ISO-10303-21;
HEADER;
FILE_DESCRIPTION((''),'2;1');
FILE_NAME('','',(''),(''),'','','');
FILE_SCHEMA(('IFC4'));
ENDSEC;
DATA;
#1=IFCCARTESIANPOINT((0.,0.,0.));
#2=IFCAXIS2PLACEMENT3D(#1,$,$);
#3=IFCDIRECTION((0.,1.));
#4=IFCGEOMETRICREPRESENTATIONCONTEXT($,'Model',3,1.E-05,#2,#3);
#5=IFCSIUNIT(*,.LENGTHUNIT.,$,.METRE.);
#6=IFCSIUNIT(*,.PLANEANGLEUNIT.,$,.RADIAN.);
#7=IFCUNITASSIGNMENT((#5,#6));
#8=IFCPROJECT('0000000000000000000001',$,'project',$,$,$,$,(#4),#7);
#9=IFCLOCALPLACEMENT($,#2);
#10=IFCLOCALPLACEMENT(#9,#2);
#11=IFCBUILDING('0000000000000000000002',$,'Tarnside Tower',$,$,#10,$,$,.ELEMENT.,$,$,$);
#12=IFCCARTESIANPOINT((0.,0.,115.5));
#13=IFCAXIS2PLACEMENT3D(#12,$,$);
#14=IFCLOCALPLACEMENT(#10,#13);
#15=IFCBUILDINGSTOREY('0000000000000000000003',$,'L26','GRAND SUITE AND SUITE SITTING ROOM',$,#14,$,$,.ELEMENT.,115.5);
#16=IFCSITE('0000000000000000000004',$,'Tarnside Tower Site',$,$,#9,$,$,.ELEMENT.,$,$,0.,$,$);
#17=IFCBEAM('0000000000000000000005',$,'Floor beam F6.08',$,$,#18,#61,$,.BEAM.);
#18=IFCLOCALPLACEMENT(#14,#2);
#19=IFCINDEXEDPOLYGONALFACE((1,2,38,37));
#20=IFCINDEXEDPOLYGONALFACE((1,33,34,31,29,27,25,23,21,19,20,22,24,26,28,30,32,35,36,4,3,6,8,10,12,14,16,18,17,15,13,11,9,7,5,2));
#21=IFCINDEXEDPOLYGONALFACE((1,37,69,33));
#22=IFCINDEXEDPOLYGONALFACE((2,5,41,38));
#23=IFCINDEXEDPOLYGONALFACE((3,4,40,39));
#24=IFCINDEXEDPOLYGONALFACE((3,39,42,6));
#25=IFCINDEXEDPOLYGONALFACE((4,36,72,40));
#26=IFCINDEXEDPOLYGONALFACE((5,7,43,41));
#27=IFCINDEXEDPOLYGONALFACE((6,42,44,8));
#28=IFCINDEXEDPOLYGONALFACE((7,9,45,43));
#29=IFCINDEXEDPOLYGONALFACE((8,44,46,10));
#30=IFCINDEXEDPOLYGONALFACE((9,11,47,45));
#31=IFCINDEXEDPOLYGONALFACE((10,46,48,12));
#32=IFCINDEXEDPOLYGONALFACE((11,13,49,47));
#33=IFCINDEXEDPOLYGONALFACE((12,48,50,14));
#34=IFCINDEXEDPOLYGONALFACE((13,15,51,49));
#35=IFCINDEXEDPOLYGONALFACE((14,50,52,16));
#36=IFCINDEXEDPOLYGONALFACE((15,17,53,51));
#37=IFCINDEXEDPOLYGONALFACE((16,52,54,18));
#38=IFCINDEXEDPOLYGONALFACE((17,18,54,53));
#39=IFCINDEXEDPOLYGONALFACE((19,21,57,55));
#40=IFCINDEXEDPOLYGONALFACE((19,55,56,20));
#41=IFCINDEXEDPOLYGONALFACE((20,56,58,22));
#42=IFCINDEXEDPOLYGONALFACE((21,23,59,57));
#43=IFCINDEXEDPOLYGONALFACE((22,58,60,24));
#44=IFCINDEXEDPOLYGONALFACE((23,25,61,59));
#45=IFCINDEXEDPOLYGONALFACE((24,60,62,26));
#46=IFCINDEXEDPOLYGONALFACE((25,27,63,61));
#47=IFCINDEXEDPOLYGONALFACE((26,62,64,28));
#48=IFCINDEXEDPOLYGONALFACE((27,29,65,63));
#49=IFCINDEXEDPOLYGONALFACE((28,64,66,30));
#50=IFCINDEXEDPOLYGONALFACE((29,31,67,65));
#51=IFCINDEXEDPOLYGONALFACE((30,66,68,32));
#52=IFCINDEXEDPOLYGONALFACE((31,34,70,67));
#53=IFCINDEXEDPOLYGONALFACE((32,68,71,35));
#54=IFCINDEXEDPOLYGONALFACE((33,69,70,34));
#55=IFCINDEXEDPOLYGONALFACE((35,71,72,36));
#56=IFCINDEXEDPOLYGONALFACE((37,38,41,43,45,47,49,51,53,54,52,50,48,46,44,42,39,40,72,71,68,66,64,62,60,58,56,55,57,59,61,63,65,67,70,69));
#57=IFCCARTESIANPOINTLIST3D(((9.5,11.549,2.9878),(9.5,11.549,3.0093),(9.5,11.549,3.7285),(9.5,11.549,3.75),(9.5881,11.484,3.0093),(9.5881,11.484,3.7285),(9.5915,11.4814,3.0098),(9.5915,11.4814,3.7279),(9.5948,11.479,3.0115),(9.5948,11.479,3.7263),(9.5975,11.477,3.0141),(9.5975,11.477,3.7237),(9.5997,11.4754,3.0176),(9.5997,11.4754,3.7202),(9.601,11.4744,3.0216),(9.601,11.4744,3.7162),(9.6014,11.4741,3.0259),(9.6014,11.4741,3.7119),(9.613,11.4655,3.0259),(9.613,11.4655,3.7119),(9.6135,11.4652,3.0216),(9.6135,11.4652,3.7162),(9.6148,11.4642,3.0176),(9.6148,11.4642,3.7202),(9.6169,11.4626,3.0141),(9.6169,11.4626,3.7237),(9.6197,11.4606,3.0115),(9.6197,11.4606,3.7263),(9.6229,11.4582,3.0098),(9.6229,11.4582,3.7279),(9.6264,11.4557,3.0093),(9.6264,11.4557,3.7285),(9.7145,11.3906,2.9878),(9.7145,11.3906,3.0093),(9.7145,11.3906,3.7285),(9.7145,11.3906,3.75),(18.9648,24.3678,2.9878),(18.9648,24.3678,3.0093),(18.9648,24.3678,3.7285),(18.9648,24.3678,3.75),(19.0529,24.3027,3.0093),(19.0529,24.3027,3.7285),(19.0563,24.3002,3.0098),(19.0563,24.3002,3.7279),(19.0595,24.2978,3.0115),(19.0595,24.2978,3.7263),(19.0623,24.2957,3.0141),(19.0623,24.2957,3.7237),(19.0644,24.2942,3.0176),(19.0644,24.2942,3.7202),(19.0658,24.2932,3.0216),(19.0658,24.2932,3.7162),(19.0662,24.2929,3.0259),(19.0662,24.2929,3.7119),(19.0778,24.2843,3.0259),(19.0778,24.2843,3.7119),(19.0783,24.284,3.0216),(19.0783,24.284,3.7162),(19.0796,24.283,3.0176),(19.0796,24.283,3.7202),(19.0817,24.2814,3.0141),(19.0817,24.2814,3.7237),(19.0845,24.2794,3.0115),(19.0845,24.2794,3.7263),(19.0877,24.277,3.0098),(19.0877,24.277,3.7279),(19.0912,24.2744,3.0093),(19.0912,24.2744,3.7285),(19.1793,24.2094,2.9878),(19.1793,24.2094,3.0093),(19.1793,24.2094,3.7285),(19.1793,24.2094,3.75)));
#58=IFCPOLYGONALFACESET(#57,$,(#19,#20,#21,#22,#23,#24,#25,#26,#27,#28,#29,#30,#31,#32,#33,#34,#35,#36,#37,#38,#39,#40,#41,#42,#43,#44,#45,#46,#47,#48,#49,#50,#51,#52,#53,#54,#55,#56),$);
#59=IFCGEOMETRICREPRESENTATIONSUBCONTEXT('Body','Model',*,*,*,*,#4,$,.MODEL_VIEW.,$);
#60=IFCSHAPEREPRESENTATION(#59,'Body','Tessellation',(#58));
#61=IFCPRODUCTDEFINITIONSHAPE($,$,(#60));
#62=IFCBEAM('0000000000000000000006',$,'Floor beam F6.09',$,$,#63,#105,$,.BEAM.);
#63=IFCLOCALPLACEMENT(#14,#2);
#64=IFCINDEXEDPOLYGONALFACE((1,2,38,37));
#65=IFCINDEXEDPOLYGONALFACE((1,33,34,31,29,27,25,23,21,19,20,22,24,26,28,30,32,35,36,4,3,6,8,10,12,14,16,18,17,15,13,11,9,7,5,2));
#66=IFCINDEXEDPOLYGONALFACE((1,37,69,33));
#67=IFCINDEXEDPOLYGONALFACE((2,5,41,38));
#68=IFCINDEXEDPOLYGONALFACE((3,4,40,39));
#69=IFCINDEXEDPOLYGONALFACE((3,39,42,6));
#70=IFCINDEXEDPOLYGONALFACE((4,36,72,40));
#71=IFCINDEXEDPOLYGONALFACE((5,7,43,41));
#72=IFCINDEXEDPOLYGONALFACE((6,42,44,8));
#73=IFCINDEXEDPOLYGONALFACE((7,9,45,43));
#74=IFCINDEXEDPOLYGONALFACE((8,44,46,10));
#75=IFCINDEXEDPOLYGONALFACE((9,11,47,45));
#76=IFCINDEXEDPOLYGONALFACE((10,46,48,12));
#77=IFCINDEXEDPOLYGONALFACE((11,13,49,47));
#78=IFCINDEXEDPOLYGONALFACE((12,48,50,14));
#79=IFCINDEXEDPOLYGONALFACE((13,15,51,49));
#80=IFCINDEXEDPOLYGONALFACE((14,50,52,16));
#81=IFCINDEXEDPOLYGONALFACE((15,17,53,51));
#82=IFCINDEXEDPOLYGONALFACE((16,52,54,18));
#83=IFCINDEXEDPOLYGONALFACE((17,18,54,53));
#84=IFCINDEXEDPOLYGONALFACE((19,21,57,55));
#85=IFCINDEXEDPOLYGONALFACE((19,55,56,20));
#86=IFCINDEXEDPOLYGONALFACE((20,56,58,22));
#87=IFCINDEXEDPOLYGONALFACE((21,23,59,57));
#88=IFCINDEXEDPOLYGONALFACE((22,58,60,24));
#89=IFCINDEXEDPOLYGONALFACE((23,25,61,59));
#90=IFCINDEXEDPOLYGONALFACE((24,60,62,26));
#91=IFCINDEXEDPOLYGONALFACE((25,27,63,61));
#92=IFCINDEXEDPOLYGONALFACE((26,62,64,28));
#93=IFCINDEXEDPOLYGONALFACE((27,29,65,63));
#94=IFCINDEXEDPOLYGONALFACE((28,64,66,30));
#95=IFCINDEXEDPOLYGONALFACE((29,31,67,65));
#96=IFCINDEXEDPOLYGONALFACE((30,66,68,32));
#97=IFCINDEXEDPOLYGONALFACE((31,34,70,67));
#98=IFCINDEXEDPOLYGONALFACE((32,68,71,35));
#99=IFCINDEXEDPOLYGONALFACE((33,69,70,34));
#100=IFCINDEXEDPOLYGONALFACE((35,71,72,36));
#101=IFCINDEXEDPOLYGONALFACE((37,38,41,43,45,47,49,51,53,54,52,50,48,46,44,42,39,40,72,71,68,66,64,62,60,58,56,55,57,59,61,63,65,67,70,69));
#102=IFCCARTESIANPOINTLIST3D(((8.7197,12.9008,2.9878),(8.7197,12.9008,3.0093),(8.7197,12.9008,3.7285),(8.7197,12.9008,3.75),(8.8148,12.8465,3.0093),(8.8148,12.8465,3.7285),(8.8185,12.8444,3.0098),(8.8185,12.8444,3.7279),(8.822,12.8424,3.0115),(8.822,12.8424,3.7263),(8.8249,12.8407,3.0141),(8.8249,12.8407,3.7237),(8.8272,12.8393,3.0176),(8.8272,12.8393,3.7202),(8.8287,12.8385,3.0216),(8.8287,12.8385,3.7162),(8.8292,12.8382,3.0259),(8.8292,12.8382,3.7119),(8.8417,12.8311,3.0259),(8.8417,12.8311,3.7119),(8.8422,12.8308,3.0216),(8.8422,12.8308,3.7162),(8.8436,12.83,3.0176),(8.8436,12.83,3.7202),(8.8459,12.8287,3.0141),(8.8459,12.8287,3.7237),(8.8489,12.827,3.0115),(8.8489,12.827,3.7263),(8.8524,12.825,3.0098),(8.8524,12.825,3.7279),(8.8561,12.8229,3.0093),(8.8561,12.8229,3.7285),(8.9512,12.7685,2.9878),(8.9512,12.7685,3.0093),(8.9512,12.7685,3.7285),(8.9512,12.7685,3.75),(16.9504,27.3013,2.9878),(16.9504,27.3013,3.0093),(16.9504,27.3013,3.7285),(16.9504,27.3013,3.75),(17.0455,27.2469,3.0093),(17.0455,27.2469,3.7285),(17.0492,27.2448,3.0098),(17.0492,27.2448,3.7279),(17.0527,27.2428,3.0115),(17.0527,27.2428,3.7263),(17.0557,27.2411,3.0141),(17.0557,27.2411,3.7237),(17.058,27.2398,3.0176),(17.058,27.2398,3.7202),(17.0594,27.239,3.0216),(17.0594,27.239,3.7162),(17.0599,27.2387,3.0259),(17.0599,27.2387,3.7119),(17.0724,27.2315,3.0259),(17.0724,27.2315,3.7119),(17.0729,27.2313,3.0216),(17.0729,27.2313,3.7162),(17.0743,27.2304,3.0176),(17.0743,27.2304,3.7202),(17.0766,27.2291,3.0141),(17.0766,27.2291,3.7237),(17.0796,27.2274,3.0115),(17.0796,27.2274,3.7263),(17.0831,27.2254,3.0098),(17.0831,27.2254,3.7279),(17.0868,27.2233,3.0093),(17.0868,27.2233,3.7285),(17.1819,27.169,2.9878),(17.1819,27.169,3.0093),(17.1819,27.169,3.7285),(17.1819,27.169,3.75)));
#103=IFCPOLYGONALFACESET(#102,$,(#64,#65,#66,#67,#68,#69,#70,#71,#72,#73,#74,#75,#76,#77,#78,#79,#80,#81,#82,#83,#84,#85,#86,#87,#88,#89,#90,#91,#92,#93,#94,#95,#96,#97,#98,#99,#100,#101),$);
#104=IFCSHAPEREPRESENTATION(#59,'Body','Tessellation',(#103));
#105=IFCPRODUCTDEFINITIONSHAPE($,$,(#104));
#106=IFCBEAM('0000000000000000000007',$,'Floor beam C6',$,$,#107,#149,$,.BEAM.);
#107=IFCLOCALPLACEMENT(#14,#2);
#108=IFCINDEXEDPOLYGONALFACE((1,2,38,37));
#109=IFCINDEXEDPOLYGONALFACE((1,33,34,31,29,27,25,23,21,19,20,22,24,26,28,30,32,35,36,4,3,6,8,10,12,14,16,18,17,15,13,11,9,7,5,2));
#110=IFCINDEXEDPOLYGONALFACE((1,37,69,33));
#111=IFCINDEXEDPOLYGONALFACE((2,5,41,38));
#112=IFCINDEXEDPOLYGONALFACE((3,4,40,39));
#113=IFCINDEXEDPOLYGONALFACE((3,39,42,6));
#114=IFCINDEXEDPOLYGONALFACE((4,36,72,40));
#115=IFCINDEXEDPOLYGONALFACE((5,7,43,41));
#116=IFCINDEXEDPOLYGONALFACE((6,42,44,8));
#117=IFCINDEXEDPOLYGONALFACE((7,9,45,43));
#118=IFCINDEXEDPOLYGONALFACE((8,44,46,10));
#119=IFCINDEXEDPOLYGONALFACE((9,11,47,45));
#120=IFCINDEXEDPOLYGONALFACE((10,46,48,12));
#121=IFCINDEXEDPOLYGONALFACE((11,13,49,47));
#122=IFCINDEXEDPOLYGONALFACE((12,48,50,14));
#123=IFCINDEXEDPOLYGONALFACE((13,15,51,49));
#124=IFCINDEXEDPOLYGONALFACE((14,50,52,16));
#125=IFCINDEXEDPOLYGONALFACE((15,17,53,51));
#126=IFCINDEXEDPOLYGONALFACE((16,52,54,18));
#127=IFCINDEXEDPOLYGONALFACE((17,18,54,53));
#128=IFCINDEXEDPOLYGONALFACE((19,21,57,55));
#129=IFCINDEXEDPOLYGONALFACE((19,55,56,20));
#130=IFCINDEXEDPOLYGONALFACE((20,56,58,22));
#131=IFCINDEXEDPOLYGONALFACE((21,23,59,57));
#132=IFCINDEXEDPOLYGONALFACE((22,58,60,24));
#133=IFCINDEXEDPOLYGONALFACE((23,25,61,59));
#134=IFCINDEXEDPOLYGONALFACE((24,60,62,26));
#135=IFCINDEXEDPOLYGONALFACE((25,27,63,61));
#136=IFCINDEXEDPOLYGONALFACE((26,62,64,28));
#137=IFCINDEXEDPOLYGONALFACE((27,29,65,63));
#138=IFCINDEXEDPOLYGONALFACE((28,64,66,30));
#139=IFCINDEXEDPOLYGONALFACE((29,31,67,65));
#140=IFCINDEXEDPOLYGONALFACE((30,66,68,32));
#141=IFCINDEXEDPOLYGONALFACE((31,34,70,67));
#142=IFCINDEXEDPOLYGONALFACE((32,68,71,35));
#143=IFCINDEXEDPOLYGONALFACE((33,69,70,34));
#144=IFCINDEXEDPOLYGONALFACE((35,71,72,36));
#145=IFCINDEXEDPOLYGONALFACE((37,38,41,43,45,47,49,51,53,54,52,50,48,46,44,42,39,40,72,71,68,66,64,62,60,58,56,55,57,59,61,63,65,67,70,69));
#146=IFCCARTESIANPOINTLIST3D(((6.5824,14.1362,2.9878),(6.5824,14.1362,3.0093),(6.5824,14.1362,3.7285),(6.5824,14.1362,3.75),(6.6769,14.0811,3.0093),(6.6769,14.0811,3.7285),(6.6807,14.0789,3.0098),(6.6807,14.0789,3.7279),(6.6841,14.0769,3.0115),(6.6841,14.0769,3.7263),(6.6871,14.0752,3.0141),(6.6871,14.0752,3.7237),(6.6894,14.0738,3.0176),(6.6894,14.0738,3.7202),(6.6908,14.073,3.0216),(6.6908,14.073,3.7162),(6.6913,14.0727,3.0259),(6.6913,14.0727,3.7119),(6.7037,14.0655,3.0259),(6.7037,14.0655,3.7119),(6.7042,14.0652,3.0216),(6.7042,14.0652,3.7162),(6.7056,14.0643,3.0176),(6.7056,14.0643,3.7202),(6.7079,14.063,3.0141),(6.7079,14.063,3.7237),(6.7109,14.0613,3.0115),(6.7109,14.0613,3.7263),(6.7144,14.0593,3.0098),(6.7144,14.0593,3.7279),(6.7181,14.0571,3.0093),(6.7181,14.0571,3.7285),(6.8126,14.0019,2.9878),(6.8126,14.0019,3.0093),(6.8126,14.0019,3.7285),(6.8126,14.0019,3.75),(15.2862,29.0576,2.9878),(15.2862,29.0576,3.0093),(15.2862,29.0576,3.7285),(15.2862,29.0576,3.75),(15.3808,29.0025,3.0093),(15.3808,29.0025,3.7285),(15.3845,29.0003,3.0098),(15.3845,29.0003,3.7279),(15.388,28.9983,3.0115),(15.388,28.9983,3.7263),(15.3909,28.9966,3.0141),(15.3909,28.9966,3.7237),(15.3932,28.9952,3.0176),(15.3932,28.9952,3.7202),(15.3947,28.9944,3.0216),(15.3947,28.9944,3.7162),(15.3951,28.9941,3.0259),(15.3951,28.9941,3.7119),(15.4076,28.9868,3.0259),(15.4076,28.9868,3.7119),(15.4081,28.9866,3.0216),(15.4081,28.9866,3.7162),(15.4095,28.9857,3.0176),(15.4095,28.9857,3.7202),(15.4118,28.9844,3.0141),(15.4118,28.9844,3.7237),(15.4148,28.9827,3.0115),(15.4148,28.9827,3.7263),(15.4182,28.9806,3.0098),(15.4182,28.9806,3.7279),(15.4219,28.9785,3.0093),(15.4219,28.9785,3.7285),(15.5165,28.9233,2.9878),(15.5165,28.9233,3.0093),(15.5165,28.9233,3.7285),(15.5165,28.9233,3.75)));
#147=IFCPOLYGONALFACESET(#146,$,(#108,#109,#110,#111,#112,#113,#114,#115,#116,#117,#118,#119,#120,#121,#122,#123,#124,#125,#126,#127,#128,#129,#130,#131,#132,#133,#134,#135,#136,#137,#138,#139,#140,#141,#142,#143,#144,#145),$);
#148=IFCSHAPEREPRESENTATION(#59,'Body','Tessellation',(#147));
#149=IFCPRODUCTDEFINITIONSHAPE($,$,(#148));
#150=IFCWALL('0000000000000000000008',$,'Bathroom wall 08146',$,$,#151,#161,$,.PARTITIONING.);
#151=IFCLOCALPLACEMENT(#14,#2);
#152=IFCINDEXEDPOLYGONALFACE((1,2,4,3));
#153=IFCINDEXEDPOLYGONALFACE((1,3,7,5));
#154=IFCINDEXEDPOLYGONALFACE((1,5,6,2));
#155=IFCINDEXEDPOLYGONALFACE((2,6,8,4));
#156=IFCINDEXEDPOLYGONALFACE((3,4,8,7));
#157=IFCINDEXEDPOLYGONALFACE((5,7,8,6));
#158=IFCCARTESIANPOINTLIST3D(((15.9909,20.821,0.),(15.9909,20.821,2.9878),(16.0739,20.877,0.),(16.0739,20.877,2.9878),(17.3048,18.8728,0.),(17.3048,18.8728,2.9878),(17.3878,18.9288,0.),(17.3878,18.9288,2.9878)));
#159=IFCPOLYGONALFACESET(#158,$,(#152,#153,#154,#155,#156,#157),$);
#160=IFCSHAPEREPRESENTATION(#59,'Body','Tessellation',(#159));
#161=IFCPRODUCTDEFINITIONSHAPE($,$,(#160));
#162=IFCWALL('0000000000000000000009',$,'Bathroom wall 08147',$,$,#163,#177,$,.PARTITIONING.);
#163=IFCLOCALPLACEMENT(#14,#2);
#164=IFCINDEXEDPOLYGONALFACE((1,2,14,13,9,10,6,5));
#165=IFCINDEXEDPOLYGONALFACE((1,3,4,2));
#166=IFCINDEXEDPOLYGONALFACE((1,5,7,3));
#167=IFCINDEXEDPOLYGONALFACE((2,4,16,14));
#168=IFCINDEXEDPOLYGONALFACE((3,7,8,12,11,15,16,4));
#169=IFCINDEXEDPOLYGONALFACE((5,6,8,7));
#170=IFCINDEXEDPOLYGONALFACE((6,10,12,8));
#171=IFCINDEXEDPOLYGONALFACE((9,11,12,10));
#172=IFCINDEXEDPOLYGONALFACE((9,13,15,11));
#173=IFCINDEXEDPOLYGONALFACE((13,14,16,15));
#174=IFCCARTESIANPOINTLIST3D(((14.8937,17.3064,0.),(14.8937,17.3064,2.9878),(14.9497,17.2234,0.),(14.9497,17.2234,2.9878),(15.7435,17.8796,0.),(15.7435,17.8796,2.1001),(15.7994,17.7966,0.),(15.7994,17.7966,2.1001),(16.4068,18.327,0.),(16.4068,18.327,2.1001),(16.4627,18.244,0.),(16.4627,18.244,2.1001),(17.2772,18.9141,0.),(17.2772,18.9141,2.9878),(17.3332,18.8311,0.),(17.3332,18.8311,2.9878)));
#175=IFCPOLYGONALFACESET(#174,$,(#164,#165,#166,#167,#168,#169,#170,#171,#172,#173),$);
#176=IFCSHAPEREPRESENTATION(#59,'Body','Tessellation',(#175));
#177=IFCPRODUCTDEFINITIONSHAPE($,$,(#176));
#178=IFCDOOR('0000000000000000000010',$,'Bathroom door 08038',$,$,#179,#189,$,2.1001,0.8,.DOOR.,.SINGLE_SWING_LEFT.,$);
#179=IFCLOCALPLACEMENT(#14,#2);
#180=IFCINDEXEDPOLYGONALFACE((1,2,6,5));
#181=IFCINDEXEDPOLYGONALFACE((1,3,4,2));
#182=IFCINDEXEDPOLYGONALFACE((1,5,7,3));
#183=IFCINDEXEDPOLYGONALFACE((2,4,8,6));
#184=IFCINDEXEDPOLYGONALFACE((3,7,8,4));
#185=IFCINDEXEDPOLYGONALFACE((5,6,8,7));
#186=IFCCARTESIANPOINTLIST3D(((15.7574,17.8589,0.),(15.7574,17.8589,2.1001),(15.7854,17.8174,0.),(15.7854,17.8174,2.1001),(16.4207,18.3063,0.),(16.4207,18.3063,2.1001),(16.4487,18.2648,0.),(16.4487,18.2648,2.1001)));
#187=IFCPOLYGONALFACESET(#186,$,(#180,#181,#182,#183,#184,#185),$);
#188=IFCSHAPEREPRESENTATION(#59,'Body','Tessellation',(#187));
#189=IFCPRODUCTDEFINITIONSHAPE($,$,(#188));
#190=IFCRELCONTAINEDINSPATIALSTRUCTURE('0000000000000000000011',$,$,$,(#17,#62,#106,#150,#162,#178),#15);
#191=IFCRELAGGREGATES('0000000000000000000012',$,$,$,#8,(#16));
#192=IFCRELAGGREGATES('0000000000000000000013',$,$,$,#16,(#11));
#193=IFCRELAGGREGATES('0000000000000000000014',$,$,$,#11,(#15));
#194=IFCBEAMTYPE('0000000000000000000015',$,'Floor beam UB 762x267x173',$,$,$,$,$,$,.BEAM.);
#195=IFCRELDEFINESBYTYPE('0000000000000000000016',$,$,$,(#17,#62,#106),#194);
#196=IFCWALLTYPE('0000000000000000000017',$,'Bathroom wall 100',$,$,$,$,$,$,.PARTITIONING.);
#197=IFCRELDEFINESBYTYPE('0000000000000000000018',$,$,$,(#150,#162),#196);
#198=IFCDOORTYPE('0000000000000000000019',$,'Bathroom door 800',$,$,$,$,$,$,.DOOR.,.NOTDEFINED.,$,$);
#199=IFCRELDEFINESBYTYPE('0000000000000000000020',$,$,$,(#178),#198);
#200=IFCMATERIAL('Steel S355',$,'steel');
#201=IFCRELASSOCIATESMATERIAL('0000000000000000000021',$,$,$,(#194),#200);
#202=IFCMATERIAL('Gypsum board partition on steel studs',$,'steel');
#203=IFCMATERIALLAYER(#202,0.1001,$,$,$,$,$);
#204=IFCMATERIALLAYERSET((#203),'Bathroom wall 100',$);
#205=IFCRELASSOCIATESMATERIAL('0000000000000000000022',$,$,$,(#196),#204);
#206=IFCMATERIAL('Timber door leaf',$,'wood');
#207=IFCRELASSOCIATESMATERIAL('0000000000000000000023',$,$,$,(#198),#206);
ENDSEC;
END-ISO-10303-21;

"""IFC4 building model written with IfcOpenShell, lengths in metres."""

from ifc_helpers import new_model, si_unit, direction, frame, frame_2d, origin, origin_2d, place, context, subcontext, project, spatial, rectangle, i_section, extrude, material, layer, layer_set, material_profile, profile_set, type_object, element, fill, save


model = new_model("IFC4")

# Units and contexts
model_context = context("Model", 3, precision=1e-05, world=origin(), true_north=direction((0.0, 1.0)))
body_context = subcontext(model_context, "Body", "Model", "MODEL_VIEW")
ifc_project = project(units=[si_unit("LENGTHUNIT", "METRE"), si_unit("PLANEANGLEUNIT", "RADIAN")], contexts=[model_context])

# Site, building, storey
site_placement = place(None, origin())
site = spatial("IfcSite", under=ifc_project, at=site_placement, Name="Tarnside Tower Site", CompositionType="ELEMENT", RefElevation=0.0)
building_placement = place(site_placement, origin())
building = spatial("IfcBuilding", under=site, at=building_placement, Name="Tarnside Tower", CompositionType="ELEMENT")
storey_placement = place(building_placement, frame((0.0, 0.0, 115.5)))
storey = spatial("IfcBuildingStorey", under=building, at=storey_placement, Name="L26", Description="GRAND SUITE AND SUITE SITTING ROOM", CompositionType="ELEMENT", Elevation=115.5)

# Beams
ifc_material_1 = material(Name="Steel S355", Category="steel")
ifc_material_profile_1 = material_profile(ifc_material_1, i_section(OverallWidth=0.2666, OverallDepth=0.7622, WebThickness=0.0144, FlangeThickness=0.0215, FilletRadius=0.0166, at=origin_2d()), Name="UB 762x267x173")
ifc_profile_set_1 = profile_set([ifc_material_profile_1], Name="Steel S355")
beam_type_1 = type_object("IfcBeamType", Name="Floor beam UB 762x267x173", PredefinedType="BEAM", material=ifc_profile_set_1)
beam_1_placement = place(storey_placement, frame((19.072, 24.2886, 3.3689), z_axis=(-0.593987, -0.804475, 0.0), x_axis=(0.804475, -0.593987, 0.0)))
element("IfcBeam", 1, at=beam_1_placement, inside=storey, type_object=beam_type_1, Name="Floor beam F6.08", PredefinedType="BEAM", context=body_context, shape_type="SweptSolid", body=[
    extrude(i_section(OverallWidth=0.2666, OverallDepth=0.7622, WebThickness=0.0144, FlangeThickness=0.0215, FilletRadius=0.0166, at=origin_2d()), origin(), (0.0, 0.0, 1.0), 15.9343),
])
beam_2_placement = place(storey_placement, frame((17.0662, 27.2351, 3.3689), z_axis=(-0.496226, -0.868193, 0.0), x_axis=(0.868193, -0.496226, 0.0)))
element("IfcBeam", 2, at=beam_2_placement, inside=storey, type_object=beam_type_1, Name="Floor beam F6.09", PredefinedType="BEAM", context=body_context, shape_type="SweptSolid", body=[
    extrude(i_section(OverallWidth=0.2666, OverallDepth=0.7622, WebThickness=0.0144, FlangeThickness=0.0215, FilletRadius=0.0166, at=origin_2d()), origin(), (0.0, 0.0, 1.0), 16.5867),
])
beam_3_placement = place(storey_placement, frame((15.4014, 28.9905, 3.3689), z_axis=(-0.503859, -0.863786, 0.0), x_axis=(0.863786, -0.503859, 0.0)))
element("IfcBeam", 3, at=beam_3_placement, inside=storey, type_object=beam_type_1, Name="Floor beam C6", PredefinedType="BEAM", context=body_context, shape_type="SweptSolid", body=[
    extrude(i_section(OverallWidth=0.2666, OverallDepth=0.7622, WebThickness=0.0144, FlangeThickness=0.0215, FilletRadius=0.0166, at=origin_2d()), origin(), (0.0, 0.0, 1.0), 17.2744),
])

# Wall
ifc_material_2 = material(Name="Gypsum board partition on steel studs", Category="steel")
ifc_layer_1 = layer(ifc_material_2, 0.1001)
ifc_layer_set_1 = layer_set([ifc_layer_1], Name="Bathroom wall 100")
wall_type_1 = type_object("IfcWallType", Name="Bathroom wall 100", PredefinedType="PARTITIONING", material=ifc_layer_set_1)
wall_1_placement = place(storey_placement, frame((16.0325, 20.8489, 0.0), z_axis=(0.0, 0.0, 1.0), x_axis=(0.559152, -0.829065, 0.0)))
element("IfcWall", 4, at=wall_1_placement, inside=storey, type_object=wall_type_1, Name="Bathroom wall 08146", PredefinedType="PARTITIONING", context=body_context, shape_type="SweptSolid", body=[
    extrude(rectangle(XDim=2.3499, YDim=0.1001, at=frame_2d((1.1748, 0.0))), origin(), (0.0, 0.0, 1.0), 2.9878),
])

# Wall, opening, door
wall_2_placement = place(storey_placement, frame((17.3052, 18.8726, 0.0), z_axis=(0.0, 0.0, 1.0), x_axis=(-0.829046, -0.55918, 0.0)))
wall_2 = element("IfcWall", 5, at=wall_2_placement, inside=storey, type_object=wall_type_1, Name="Bathroom wall 08147", PredefinedType="PARTITIONING", context=body_context, shape_type="SweptSolid", body=[
    extrude(rectangle(XDim=2.875, YDim=0.1001, at=frame_2d((1.4375, 0.0))), origin(), (0.0, 0.0, 1.0), 2.9878),
])
opening_1_placement = place(wall_2_placement, frame((1.05, 0.0, 0.0)))
opening_1 = element("IfcOpeningElement", 6, at=opening_1_placement, cuts=wall_2, PredefinedType="OPENING", context=body_context, shape_type="SweptSolid", body=[
    extrude(rectangle(XDim=0.8, YDim=2.1001, at=frame_2d((0.3999, 1.05))), frame((0.0, 0.0601, 0.0), z_axis=(0.0, -1.0, 0.0), x_axis=(1.0, 0.0, 0.0)), (0.0, 0.0, 1.0), 0.1201),
])
ifc_material_3 = material(Name="Timber door leaf", Category="wood")
door_type_1 = type_object("IfcDoorType", Name="Bathroom door 800", OperationType="NOTDEFINED", PredefinedType="DOOR", material=ifc_material_3)
door_1_placement = place(opening_1_placement, origin())
door_1 = element("IfcDoor", 7, at=door_1_placement, inside=storey, type_object=door_type_1, Name="Bathroom door 08038", OperationType="SINGLE_SWING_LEFT", OverallHeight=2.1001, OverallWidth=0.8, PredefinedType="DOOR", context=body_context, shape_type="SweptSolid", body=[
    extrude(rectangle(XDim=0.8, YDim=2.1001, at=frame_2d((0.3999, 1.05))), frame((0.0, 0.0249, 0.0), z_axis=(0.0, -1.0, 0.0), x_axis=(1.0, 0.0, 0.0)), (0.0, 0.0, 1.0), 0.05),
])
fill(opening_1, door_1)

save(model, "model.ifc")
